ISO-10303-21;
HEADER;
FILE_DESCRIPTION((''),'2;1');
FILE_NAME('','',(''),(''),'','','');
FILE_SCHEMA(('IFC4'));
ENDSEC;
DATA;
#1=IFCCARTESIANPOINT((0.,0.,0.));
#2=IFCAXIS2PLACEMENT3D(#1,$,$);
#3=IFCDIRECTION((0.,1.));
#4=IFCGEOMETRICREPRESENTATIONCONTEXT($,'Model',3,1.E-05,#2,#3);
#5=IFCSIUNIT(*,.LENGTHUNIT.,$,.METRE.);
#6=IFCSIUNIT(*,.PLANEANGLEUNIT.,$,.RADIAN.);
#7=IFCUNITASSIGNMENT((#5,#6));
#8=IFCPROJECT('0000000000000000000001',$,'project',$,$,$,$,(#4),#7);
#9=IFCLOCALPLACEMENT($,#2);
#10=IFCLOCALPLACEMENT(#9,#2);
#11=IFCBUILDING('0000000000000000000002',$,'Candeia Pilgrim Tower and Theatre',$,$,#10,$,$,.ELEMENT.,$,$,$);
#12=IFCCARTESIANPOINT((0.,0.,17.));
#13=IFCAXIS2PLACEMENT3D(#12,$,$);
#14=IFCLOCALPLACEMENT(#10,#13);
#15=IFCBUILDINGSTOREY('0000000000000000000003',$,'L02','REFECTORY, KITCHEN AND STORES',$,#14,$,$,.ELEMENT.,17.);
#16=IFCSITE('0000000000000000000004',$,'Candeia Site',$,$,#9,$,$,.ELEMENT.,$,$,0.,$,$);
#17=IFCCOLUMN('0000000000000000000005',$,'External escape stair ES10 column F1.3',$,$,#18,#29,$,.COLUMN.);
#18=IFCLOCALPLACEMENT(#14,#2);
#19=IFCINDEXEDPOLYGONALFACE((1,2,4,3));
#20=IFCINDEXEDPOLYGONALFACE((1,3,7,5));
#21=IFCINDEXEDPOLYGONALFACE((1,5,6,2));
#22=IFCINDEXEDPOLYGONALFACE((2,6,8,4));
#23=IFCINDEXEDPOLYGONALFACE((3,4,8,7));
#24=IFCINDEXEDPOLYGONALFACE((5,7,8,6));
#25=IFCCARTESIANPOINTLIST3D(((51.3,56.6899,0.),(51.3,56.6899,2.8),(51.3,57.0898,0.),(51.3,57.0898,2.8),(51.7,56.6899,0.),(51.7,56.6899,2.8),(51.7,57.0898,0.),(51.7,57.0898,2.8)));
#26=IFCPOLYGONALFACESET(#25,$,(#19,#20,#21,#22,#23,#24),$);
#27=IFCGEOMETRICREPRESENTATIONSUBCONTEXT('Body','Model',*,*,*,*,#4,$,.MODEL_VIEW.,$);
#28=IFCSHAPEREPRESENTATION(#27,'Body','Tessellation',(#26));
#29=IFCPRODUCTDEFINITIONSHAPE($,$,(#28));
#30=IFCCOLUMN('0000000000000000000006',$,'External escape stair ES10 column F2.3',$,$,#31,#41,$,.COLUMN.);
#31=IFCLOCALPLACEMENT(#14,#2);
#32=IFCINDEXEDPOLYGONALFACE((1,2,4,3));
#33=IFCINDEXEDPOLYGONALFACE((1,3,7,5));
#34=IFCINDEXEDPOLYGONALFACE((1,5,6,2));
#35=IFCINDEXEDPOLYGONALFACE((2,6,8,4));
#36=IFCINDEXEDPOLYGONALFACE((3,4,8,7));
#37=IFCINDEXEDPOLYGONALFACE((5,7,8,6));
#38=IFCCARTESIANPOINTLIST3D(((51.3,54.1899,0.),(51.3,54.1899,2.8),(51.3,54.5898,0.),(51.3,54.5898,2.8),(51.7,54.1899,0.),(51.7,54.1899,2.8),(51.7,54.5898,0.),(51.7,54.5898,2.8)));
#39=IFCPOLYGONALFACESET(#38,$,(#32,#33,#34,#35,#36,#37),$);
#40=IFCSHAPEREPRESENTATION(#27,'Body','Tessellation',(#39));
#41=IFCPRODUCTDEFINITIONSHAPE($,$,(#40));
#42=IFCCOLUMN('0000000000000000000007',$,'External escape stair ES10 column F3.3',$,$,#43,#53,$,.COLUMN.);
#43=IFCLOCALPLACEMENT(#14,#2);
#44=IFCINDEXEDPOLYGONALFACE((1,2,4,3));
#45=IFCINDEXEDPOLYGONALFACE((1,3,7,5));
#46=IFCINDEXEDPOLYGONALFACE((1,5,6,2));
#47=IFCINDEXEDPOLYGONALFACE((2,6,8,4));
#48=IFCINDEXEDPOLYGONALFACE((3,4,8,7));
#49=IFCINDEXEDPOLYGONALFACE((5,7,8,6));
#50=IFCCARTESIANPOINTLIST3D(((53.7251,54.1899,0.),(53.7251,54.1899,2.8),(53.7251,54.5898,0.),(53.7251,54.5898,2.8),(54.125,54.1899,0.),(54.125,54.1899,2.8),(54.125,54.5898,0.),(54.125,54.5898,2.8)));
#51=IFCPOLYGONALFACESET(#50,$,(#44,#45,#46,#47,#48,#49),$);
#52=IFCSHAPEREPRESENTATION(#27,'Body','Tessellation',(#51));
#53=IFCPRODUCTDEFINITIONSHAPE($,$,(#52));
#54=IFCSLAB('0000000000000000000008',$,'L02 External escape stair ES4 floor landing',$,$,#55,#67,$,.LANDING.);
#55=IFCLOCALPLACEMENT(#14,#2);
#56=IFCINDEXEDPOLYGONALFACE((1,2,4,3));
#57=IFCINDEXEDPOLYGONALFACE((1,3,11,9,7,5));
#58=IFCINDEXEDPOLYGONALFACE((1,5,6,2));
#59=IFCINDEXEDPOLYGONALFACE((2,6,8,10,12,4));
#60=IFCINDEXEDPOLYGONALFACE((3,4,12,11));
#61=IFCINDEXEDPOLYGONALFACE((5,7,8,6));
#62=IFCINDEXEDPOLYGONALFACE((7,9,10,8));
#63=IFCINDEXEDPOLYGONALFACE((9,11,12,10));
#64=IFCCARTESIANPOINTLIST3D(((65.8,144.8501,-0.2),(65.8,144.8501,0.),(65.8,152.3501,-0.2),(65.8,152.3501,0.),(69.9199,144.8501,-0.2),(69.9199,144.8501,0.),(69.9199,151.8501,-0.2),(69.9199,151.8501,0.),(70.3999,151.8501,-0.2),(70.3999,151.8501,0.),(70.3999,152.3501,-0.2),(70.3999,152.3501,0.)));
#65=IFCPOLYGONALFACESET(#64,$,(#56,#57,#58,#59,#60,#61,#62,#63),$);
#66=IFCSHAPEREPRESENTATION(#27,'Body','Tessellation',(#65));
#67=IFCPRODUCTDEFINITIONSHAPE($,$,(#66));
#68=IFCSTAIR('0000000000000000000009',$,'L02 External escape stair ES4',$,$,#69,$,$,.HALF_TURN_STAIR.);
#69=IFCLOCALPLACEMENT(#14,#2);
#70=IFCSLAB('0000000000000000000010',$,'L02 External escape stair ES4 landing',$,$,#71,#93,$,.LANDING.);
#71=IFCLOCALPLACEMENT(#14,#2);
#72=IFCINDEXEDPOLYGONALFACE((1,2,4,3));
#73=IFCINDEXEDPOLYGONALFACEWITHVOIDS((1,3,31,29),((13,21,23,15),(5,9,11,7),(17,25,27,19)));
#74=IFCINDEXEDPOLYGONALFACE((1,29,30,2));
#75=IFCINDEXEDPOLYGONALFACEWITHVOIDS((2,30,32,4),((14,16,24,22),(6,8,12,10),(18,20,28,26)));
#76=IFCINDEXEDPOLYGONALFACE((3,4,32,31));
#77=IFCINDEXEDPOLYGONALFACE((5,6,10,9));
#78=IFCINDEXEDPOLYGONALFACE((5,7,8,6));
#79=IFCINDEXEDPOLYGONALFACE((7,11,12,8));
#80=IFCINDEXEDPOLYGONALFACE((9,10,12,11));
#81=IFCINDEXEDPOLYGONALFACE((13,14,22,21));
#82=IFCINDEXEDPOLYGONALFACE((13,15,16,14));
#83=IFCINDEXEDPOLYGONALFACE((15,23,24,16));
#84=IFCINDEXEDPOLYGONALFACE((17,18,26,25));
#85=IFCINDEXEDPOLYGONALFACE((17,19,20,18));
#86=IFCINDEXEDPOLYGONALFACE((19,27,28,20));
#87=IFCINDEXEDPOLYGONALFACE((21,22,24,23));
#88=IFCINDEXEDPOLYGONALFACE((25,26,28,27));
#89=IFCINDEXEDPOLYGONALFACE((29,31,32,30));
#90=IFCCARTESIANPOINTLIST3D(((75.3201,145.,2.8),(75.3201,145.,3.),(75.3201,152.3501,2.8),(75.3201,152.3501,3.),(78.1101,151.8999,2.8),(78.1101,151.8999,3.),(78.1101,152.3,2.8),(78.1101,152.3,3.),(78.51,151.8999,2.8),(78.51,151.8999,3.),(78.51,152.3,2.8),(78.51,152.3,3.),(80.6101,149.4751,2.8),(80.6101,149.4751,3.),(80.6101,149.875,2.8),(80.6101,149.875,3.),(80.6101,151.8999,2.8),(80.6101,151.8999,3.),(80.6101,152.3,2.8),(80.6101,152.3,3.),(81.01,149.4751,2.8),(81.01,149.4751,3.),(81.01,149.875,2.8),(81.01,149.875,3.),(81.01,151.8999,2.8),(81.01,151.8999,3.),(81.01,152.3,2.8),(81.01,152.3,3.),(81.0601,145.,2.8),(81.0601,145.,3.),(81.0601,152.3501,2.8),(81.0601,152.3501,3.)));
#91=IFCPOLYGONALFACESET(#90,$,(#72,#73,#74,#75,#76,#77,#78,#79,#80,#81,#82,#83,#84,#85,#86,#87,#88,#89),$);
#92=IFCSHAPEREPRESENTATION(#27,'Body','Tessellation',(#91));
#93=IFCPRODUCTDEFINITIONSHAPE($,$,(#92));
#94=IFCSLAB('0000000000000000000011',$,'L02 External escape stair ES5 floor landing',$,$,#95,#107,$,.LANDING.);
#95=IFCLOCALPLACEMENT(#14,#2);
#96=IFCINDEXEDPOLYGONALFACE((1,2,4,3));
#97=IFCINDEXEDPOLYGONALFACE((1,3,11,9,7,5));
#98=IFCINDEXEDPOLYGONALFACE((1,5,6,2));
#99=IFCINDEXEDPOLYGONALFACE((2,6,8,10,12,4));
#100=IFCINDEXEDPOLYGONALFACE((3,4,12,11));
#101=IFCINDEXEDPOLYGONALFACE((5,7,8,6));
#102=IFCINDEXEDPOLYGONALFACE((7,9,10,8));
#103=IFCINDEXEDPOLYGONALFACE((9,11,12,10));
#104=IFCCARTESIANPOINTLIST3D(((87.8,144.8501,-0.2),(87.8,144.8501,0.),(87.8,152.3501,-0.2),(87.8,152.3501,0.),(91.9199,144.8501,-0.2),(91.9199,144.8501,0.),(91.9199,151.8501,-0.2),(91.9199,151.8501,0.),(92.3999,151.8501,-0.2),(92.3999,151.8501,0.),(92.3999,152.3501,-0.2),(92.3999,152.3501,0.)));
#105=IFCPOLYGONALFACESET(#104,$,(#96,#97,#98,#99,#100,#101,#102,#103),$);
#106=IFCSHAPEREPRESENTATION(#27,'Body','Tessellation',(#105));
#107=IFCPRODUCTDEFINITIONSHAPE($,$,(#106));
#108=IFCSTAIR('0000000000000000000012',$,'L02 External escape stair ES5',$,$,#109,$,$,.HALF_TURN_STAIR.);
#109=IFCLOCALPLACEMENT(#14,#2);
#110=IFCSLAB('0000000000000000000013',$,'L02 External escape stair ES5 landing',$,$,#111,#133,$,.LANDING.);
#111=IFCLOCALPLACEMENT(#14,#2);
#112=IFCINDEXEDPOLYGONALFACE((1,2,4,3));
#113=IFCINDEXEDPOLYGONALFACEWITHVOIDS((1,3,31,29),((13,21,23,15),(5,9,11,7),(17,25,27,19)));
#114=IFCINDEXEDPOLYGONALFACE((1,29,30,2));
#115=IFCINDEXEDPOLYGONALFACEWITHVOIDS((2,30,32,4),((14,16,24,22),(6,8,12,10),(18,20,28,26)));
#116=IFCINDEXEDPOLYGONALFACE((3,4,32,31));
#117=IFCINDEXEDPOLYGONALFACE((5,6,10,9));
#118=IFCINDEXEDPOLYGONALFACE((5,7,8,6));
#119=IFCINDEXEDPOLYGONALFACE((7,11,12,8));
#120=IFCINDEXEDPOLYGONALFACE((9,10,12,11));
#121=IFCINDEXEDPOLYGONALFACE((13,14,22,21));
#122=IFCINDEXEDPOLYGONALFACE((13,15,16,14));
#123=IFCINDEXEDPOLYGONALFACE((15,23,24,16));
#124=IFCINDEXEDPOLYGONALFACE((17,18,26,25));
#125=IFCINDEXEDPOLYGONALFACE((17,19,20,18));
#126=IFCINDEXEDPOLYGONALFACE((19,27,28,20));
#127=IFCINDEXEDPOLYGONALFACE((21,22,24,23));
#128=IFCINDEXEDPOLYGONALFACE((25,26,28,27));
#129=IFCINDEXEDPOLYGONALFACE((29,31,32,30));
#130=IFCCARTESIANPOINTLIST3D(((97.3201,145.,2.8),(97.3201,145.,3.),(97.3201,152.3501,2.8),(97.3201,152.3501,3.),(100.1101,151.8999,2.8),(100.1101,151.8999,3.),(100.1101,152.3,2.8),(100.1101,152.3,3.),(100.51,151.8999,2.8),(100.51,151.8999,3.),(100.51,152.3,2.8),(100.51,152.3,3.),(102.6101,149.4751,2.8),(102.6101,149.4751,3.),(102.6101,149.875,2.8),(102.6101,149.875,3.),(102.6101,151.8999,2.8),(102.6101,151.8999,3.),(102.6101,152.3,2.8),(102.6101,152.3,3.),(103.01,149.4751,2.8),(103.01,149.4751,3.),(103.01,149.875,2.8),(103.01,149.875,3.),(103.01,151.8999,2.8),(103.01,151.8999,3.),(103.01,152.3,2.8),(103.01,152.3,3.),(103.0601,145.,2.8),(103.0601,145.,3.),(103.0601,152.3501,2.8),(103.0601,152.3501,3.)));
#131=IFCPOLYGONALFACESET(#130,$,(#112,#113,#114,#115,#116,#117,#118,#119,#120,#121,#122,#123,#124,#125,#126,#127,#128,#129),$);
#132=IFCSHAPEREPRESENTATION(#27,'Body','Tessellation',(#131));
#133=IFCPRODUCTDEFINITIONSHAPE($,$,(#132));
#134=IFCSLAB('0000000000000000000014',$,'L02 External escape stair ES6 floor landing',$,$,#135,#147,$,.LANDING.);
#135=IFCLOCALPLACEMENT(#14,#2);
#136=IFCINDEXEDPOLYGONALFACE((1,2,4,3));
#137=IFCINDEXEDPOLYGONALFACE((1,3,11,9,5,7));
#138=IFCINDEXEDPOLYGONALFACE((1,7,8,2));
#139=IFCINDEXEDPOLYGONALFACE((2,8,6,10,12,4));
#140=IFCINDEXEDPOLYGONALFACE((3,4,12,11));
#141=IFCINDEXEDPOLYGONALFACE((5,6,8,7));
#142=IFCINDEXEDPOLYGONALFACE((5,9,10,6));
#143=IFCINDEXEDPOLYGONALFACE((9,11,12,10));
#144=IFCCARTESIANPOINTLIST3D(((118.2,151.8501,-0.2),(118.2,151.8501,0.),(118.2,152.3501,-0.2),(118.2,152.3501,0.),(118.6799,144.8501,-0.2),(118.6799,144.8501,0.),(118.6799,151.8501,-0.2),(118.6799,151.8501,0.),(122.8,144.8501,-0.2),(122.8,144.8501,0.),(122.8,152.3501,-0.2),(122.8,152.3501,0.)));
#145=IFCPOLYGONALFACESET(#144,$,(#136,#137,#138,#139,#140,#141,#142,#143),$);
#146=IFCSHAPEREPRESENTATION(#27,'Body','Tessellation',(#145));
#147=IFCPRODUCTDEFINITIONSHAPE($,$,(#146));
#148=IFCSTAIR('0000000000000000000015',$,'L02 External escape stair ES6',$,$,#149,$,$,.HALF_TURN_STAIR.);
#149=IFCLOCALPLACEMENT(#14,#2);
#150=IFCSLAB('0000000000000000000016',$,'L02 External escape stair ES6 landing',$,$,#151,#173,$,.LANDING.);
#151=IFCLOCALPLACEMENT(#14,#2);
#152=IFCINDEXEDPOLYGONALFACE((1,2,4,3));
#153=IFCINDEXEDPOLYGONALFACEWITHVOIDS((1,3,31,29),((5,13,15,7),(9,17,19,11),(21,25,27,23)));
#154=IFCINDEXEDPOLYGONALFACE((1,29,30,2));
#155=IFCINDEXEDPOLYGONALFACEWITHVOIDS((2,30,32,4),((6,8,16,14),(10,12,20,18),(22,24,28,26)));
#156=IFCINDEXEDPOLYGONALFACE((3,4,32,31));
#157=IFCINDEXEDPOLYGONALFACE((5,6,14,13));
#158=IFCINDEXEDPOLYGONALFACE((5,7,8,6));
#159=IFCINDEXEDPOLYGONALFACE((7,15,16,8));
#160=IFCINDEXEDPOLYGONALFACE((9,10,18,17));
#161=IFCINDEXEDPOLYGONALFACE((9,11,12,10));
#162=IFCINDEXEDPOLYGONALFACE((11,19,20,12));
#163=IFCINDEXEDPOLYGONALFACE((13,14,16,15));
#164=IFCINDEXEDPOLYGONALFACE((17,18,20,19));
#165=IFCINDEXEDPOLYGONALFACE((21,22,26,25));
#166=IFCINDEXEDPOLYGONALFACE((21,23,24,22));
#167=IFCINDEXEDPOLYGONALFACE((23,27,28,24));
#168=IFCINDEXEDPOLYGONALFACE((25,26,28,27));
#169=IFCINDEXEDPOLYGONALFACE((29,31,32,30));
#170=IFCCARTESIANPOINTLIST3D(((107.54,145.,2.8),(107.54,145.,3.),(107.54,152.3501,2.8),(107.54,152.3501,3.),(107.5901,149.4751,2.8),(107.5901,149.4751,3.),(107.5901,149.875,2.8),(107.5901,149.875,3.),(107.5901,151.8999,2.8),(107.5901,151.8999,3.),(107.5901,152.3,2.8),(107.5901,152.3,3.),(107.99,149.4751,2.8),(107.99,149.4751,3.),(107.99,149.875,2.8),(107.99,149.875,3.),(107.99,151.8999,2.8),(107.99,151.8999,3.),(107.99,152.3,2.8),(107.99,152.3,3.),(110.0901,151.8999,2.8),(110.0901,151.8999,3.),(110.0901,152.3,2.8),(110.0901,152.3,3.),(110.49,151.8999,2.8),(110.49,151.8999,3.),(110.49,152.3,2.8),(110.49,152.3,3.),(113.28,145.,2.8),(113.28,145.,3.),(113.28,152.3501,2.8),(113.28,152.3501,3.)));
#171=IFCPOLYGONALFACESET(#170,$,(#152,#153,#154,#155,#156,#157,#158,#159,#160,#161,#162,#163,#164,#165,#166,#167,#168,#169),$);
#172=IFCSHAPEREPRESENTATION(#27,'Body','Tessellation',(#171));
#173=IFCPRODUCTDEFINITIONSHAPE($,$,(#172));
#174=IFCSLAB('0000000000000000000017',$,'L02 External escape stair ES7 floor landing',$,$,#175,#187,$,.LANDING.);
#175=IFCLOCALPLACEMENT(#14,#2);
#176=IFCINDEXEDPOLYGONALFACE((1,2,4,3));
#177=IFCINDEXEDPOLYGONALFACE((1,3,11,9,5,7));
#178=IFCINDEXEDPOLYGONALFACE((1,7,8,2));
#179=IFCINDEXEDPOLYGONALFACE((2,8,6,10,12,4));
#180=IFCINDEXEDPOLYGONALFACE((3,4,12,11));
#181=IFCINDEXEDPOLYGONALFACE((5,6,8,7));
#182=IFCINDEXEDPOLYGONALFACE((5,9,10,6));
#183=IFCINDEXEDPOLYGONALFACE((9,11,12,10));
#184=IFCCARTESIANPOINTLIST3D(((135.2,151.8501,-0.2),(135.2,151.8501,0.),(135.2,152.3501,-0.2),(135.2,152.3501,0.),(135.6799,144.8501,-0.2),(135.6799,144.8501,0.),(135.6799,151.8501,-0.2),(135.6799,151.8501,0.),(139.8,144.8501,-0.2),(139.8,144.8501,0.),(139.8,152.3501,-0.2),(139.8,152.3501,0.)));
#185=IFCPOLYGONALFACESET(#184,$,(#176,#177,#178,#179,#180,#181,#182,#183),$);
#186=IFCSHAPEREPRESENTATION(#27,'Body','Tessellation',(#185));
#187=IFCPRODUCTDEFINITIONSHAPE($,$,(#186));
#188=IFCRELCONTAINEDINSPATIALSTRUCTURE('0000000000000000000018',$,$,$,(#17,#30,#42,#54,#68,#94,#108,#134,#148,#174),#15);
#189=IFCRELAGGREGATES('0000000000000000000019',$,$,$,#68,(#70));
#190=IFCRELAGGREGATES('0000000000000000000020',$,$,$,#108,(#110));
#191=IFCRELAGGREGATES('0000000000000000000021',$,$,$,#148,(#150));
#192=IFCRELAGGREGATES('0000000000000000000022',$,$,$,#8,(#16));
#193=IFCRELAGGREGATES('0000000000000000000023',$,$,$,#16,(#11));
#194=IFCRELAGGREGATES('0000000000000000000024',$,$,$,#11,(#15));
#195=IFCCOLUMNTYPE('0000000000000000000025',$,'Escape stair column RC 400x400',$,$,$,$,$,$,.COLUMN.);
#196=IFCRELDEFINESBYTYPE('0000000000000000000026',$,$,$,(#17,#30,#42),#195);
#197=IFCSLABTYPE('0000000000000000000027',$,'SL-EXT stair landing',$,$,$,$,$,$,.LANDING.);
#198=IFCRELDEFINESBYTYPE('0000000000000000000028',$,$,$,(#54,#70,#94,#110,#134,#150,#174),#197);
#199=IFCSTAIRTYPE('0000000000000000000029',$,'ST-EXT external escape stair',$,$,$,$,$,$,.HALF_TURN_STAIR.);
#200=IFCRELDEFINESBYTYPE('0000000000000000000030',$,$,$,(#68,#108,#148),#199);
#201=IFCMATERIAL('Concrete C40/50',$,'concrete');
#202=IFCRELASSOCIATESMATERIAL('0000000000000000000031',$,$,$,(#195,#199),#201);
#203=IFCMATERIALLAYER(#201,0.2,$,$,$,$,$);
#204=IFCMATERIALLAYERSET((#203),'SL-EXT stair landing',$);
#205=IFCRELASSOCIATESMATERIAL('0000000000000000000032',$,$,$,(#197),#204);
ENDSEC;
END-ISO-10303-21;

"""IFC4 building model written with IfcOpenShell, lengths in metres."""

from ifc_helpers import new_model, si_unit, direction, frame, origin, origin_2d, place, context, subcontext, project, spatial, polyline, rectangle, outline, extrude, material, layer, layer_set, material_profile, profile_set, type_object, element, aggregate, save


model = new_model("IFC4")

# Units and contexts
model_context = context("Model", 3, precision=1e-05, world=origin(), true_north=direction((0.0, 1.0)))
body_context = subcontext(model_context, "Body", "Model", "MODEL_VIEW")
ifc_project = project(units=[si_unit("LENGTHUNIT", "METRE"), si_unit("PLANEANGLEUNIT", "RADIAN")], contexts=[model_context])

# Site, building, storey
site_placement = place(None, origin())
site = spatial("IfcSite", under=ifc_project, at=site_placement, Name="Candeia Site", CompositionType="ELEMENT", RefElevation=0.0)
building_placement = place(site_placement, origin())
building = spatial("IfcBuilding", under=site, at=building_placement, Name="Candeia Pilgrim Tower and Theatre", CompositionType="ELEMENT")
storey_placement = place(building_placement, frame((0.0, 0.0, 17.0)))
storey = spatial("IfcBuildingStorey", under=building, at=storey_placement, Name="L02", Description="REFECTORY, KITCHEN AND STORES", CompositionType="ELEMENT", Elevation=17.0)

# Columns
ifc_material_1 = material(Name="Concrete C40/50", Category="concrete")
ifc_material_profile = material_profile(ifc_material_1, rectangle(XDim=0.3999, YDim=0.3999, at=origin_2d()))
ifc_profile_set = profile_set([ifc_material_profile], Name="Concrete C40/50")
column_type = type_object("IfcColumnType", Name="Escape stair column RC 400x400", PredefinedType="COLUMN", material=ifc_profile_set)
for number, where, z_axis, x_axis, name in (
    (1, (51.5, 56.8899, 0.0), (0.0, 0.0, 1.0), (1.0, 0.0, 0.0), "External escape stair ES10 column F1.3"),
    (2, (51.5, 54.3899, 0.0), (0.0, 0.0, 1.0), (1.0, 0.0, 0.0), "External escape stair ES10 column F2.3"),
    (3, (53.925, 54.3899, 0.0), (0.0, 0.0, 1.0), (1.0, 0.0, 0.0), "External escape stair ES10 column F3.3"),
):
    element("IfcColumn", number, at=place(storey_placement, frame(where, z_axis=z_axis, x_axis=x_axis)), inside=storey, type_object=column_type, Name=name, PredefinedType="COLUMN", context=body_context, shape_type="SweptSolid", body=[
        extrude(rectangle(XDim=0.3999, YDim=0.3999, at=origin_2d()), origin(), (0.0, 0.0, 1.0), 2.8),
    ])

# Slab
ifc_layer = layer(ifc_material_1, 0.2)
ifc_layer_set = layer_set([ifc_layer], Name="SL-EXT stair landing")
slab_type = type_object("IfcSlabType", Name="SL-EXT stair landing", PredefinedType="LANDING", material=ifc_layer_set)
slab_1_placement = place(storey_placement, frame((0.0, 0.0, -0.2)))
element("IfcSlab", 4, at=slab_1_placement, inside=storey, type_object=slab_type, Name="L02 External escape stair ES4 floor landing", PredefinedType="LANDING", context=body_context, shape_type="SweptSolid", body=[
    extrude(outline(polyline([(65.8, 144.8501), (69.9199, 144.8501), (69.9199, 151.8501), (70.3999, 151.8501), (70.3999, 152.3501), (65.8, 152.3501), (65.8, 144.8501)])), origin(), (0.0, 0.0, 1.0), 0.2),
])

# Stair, slab
stair_type = type_object("IfcStairType", Name="ST-EXT external escape stair", PredefinedType="HALF_TURN_STAIR", material=ifc_material_1)
stair_1_placement = place(storey_placement, origin())
stair_1 = element("IfcStair", 5, at=stair_1_placement, inside=storey, type_object=stair_type, Name="L02 External escape stair ES4", PredefinedType="HALF_TURN_STAIR")
slab_2_placement = place(storey_placement, frame((0.0, 0.0, 2.8)))
slab_2 = element("IfcSlab", 6, at=slab_2_placement, type_object=slab_type, Name="L02 External escape stair ES4 landing", PredefinedType="LANDING", context=body_context, shape_type="SweptSolid", body=[
    extrude(outline(polyline([(75.3201, 145.0), (81.0601, 145.0), (81.0601, 152.3501), (75.3201, 152.3501), (75.3201, 145.0)]), holes=[polyline([(78.1101, 151.8999), (78.51, 151.8999), (78.51, 152.3), (78.1101, 152.3), (78.1101, 151.8999)]), polyline([(80.6101, 151.8999), (81.01, 151.8999), (81.01, 152.3), (80.6101, 152.3), (80.6101, 151.8999)]), polyline([(80.6101, 149.4751), (81.01, 149.4751), (81.01, 149.875), (80.6101, 149.875), (80.6101, 149.4751)])]), origin(), (0.0, 0.0, 1.0), 0.2),
])
aggregate(stair_1, [slab_2])

# Slab
slab_3_placement = place(storey_placement, frame((0.0, 0.0, -0.2)))
element("IfcSlab", 7, at=slab_3_placement, inside=storey, type_object=slab_type, Name="L02 External escape stair ES5 floor landing", PredefinedType="LANDING", context=body_context, shape_type="SweptSolid", body=[
    extrude(outline(polyline([(87.8, 144.8501), (91.9199, 144.8501), (91.9199, 151.8501), (92.3999, 151.8501), (92.3999, 152.3501), (87.8, 152.3501), (87.8, 144.8501)])), origin(), (0.0, 0.0, 1.0), 0.2),
])

# Stair, slab
stair_2_placement = place(storey_placement, origin())
stair_2 = element("IfcStair", 8, at=stair_2_placement, inside=storey, type_object=stair_type, Name="L02 External escape stair ES5", PredefinedType="HALF_TURN_STAIR")
slab_4_placement = place(storey_placement, frame((0.0, 0.0, 2.8)))
slab_4 = element("IfcSlab", 9, at=slab_4_placement, type_object=slab_type, Name="L02 External escape stair ES5 landing", PredefinedType="LANDING", context=body_context, shape_type="SweptSolid", body=[
    extrude(outline(polyline([(97.3201, 145.0), (103.0601, 145.0), (103.0601, 152.3501), (97.3201, 152.3501), (97.3201, 145.0)]), holes=[polyline([(100.1101, 151.8999), (100.51, 151.8999), (100.51, 152.3), (100.1101, 152.3), (100.1101, 151.8999)]), polyline([(102.6101, 151.8999), (103.01, 151.8999), (103.01, 152.3), (102.6101, 152.3), (102.6101, 151.8999)]), polyline([(102.6101, 149.4751), (103.01, 149.4751), (103.01, 149.875), (102.6101, 149.875), (102.6101, 149.4751)])]), origin(), (0.0, 0.0, 1.0), 0.2),
])
aggregate(stair_2, [slab_4])

# Slab
slab_5_placement = place(storey_placement, frame((0.0, 0.0, -0.2)))
element("IfcSlab", 10, at=slab_5_placement, inside=storey, type_object=slab_type, Name="L02 External escape stair ES6 floor landing", PredefinedType="LANDING", context=body_context, shape_type="SweptSolid", body=[
    extrude(outline(polyline([(122.8, 144.8501), (118.6799, 144.8501), (118.6799, 151.8501), (118.2, 151.8501), (118.2, 152.3501), (122.8, 152.3501), (122.8, 144.8501)])), origin(), (0.0, 0.0, 1.0), 0.2),
])

# Stair, slab
stair_3_placement = place(storey_placement, origin())
stair_3 = element("IfcStair", 11, at=stair_3_placement, inside=storey, type_object=stair_type, Name="L02 External escape stair ES6", PredefinedType="HALF_TURN_STAIR")
slab_6_placement = place(storey_placement, frame((0.0, 0.0, 2.8)))
slab_6 = element("IfcSlab", 12, at=slab_6_placement, type_object=slab_type, Name="L02 External escape stair ES6 landing", PredefinedType="LANDING", context=body_context, shape_type="SweptSolid", body=[
    extrude(outline(polyline([(113.28, 145.0), (107.54, 145.0), (107.54, 152.3501), (113.28, 152.3501), (113.28, 145.0)]), holes=[polyline([(110.0901, 151.8999), (110.49, 151.8999), (110.49, 152.3), (110.0901, 152.3), (110.0901, 151.8999)]), polyline([(107.5901, 151.8999), (107.99, 151.8999), (107.99, 152.3), (107.5901, 152.3), (107.5901, 151.8999)]), polyline([(107.5901, 149.4751), (107.99, 149.4751), (107.99, 149.875), (107.5901, 149.875), (107.5901, 149.4751)])]), origin(), (0.0, 0.0, 1.0), 0.2),
])
aggregate(stair_3, [slab_6])

# Slab
slab_7_placement = place(storey_placement, frame((0.0, 0.0, -0.2)))
element("IfcSlab", 13, at=slab_7_placement, inside=storey, type_object=slab_type, Name="L02 External escape stair ES7 floor landing", PredefinedType="LANDING", context=body_context, shape_type="SweptSolid", body=[
    extrude(outline(polyline([(139.8, 144.8501), (135.6799, 144.8501), (135.6799, 151.8501), (135.2, 151.8501), (135.2, 152.3501), (139.8, 152.3501), (139.8, 144.8501)])), origin(), (0.0, 0.0, 1.0), 0.2),
])

save(model, "model.ifc")
